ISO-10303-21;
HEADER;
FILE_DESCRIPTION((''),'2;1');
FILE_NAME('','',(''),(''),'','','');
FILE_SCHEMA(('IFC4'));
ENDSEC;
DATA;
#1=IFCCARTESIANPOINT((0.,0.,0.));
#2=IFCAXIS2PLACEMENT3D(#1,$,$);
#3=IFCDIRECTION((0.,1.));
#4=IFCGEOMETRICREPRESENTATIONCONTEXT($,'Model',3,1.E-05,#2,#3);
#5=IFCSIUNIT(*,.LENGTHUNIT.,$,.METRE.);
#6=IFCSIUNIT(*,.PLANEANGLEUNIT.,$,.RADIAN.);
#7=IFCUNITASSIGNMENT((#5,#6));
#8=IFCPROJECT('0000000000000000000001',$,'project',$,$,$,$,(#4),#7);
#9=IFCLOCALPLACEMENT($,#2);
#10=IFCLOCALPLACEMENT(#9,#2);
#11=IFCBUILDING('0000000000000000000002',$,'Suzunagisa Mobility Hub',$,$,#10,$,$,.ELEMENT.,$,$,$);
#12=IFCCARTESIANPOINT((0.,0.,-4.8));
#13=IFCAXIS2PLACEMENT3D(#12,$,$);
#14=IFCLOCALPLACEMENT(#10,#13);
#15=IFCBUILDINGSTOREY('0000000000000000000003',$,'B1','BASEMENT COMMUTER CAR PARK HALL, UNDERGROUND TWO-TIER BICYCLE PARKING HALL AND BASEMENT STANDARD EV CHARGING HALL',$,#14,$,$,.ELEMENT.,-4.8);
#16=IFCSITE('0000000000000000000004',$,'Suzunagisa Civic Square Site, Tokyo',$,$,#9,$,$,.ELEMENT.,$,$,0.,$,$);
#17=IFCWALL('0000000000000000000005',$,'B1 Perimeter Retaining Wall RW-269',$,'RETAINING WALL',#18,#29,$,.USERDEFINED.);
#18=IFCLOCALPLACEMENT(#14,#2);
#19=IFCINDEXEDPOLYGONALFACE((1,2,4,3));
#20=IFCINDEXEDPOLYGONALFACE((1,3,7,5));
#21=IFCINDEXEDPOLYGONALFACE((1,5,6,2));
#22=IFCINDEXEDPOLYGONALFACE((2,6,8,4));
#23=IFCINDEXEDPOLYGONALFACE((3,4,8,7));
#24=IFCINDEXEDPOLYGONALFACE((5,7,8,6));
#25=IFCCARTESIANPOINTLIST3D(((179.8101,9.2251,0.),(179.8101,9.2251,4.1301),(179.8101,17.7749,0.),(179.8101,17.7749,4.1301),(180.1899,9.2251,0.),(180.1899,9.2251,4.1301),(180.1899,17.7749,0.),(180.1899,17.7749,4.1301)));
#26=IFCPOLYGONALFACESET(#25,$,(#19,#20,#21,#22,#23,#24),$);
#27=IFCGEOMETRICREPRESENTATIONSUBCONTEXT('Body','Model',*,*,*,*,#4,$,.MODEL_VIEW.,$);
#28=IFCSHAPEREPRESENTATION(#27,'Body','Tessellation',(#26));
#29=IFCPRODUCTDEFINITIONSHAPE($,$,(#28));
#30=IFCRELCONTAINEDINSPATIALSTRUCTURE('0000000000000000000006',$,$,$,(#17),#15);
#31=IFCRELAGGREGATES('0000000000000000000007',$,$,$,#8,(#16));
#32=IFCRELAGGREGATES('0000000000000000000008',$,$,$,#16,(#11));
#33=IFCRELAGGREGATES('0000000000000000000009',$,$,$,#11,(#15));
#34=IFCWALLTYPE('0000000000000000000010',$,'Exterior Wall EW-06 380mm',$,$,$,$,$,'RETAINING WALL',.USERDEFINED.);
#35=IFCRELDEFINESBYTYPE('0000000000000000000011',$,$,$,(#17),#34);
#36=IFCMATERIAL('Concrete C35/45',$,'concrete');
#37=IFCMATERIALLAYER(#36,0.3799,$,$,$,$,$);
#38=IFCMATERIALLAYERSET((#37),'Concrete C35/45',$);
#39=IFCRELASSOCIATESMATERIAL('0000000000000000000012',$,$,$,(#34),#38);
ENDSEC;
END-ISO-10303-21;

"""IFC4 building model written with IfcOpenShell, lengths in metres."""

from ifc_helpers import new_model, si_unit, direction, frame, frame_2d, origin, place, context, subcontext, project, spatial, rectangle, extrude, material, layer, layer_set, type_object, element, save


model = new_model("IFC4")

# Units and contexts
model_context = context("Model", 3, precision=1e-05, world=origin(), true_north=direction((0.0, 1.0)))
body_context = subcontext(model_context, "Body", "Model", "MODEL_VIEW")
ifc_project = project(units=[si_unit("LENGTHUNIT", "METRE"), si_unit("PLANEANGLEUNIT", "RADIAN")], contexts=[model_context])

# Site, building, storey
site_placement = place(None, origin())
site = spatial("IfcSite", under=ifc_project, at=site_placement, Name="Suzunagisa Civic Square Site, Tokyo", CompositionType="ELEMENT", RefElevation=0.0)
building_placement = place(site_placement, origin())
building = spatial("IfcBuilding", under=site, at=building_placement, Name="Suzunagisa Mobility Hub", CompositionType="ELEMENT")
storey_placement = place(building_placement, frame((0.0, 0.0, -4.8)))
storey = spatial("IfcBuildingStorey", under=building, at=storey_placement, Name="B1", Description="BASEMENT COMMUTER CAR PARK HALL, UNDERGROUND TWO-TIER BICYCLE PARKING HALL AND BASEMENT STANDARD EV CHARGING HALL", CompositionType="ELEMENT", Elevation=-4.8)

# Shared definitions
ifc_material_1 = material(Name="Concrete C35/45", Category="concrete")

# Wall
ifc_layer_1 = layer(ifc_material_1, 0.3799)
ifc_layer_set_1 = layer_set([ifc_layer_1], Name="Concrete C35/45")
wall_type = type_object("IfcWallType", Name="Exterior Wall EW-06 380mm", ElementType="RETAINING WALL", PredefinedType="USERDEFINED", material=ifc_layer_set_1)
wall_placement = place(storey_placement, frame((180.0, 9.2251, 0.0), z_axis=(0.0, 0.0, 1.0), x_axis=(0.0, 1.0, 0.0)))
element("IfcWall", 1, at=wall_placement, inside=storey, type_object=wall_type, Name="B1 Perimeter Retaining Wall RW-269", ObjectType="RETAINING WALL", PredefinedType="USERDEFINED", context=body_context, shape_type="SweptSolid", body=[
    extrude(rectangle(XDim=8.5498, YDim=0.3799, at=frame_2d((4.2749, 0.0))), origin(), (0.0, 0.0, 1.0), 4.1301),
])

save(model, "model.ifc")
